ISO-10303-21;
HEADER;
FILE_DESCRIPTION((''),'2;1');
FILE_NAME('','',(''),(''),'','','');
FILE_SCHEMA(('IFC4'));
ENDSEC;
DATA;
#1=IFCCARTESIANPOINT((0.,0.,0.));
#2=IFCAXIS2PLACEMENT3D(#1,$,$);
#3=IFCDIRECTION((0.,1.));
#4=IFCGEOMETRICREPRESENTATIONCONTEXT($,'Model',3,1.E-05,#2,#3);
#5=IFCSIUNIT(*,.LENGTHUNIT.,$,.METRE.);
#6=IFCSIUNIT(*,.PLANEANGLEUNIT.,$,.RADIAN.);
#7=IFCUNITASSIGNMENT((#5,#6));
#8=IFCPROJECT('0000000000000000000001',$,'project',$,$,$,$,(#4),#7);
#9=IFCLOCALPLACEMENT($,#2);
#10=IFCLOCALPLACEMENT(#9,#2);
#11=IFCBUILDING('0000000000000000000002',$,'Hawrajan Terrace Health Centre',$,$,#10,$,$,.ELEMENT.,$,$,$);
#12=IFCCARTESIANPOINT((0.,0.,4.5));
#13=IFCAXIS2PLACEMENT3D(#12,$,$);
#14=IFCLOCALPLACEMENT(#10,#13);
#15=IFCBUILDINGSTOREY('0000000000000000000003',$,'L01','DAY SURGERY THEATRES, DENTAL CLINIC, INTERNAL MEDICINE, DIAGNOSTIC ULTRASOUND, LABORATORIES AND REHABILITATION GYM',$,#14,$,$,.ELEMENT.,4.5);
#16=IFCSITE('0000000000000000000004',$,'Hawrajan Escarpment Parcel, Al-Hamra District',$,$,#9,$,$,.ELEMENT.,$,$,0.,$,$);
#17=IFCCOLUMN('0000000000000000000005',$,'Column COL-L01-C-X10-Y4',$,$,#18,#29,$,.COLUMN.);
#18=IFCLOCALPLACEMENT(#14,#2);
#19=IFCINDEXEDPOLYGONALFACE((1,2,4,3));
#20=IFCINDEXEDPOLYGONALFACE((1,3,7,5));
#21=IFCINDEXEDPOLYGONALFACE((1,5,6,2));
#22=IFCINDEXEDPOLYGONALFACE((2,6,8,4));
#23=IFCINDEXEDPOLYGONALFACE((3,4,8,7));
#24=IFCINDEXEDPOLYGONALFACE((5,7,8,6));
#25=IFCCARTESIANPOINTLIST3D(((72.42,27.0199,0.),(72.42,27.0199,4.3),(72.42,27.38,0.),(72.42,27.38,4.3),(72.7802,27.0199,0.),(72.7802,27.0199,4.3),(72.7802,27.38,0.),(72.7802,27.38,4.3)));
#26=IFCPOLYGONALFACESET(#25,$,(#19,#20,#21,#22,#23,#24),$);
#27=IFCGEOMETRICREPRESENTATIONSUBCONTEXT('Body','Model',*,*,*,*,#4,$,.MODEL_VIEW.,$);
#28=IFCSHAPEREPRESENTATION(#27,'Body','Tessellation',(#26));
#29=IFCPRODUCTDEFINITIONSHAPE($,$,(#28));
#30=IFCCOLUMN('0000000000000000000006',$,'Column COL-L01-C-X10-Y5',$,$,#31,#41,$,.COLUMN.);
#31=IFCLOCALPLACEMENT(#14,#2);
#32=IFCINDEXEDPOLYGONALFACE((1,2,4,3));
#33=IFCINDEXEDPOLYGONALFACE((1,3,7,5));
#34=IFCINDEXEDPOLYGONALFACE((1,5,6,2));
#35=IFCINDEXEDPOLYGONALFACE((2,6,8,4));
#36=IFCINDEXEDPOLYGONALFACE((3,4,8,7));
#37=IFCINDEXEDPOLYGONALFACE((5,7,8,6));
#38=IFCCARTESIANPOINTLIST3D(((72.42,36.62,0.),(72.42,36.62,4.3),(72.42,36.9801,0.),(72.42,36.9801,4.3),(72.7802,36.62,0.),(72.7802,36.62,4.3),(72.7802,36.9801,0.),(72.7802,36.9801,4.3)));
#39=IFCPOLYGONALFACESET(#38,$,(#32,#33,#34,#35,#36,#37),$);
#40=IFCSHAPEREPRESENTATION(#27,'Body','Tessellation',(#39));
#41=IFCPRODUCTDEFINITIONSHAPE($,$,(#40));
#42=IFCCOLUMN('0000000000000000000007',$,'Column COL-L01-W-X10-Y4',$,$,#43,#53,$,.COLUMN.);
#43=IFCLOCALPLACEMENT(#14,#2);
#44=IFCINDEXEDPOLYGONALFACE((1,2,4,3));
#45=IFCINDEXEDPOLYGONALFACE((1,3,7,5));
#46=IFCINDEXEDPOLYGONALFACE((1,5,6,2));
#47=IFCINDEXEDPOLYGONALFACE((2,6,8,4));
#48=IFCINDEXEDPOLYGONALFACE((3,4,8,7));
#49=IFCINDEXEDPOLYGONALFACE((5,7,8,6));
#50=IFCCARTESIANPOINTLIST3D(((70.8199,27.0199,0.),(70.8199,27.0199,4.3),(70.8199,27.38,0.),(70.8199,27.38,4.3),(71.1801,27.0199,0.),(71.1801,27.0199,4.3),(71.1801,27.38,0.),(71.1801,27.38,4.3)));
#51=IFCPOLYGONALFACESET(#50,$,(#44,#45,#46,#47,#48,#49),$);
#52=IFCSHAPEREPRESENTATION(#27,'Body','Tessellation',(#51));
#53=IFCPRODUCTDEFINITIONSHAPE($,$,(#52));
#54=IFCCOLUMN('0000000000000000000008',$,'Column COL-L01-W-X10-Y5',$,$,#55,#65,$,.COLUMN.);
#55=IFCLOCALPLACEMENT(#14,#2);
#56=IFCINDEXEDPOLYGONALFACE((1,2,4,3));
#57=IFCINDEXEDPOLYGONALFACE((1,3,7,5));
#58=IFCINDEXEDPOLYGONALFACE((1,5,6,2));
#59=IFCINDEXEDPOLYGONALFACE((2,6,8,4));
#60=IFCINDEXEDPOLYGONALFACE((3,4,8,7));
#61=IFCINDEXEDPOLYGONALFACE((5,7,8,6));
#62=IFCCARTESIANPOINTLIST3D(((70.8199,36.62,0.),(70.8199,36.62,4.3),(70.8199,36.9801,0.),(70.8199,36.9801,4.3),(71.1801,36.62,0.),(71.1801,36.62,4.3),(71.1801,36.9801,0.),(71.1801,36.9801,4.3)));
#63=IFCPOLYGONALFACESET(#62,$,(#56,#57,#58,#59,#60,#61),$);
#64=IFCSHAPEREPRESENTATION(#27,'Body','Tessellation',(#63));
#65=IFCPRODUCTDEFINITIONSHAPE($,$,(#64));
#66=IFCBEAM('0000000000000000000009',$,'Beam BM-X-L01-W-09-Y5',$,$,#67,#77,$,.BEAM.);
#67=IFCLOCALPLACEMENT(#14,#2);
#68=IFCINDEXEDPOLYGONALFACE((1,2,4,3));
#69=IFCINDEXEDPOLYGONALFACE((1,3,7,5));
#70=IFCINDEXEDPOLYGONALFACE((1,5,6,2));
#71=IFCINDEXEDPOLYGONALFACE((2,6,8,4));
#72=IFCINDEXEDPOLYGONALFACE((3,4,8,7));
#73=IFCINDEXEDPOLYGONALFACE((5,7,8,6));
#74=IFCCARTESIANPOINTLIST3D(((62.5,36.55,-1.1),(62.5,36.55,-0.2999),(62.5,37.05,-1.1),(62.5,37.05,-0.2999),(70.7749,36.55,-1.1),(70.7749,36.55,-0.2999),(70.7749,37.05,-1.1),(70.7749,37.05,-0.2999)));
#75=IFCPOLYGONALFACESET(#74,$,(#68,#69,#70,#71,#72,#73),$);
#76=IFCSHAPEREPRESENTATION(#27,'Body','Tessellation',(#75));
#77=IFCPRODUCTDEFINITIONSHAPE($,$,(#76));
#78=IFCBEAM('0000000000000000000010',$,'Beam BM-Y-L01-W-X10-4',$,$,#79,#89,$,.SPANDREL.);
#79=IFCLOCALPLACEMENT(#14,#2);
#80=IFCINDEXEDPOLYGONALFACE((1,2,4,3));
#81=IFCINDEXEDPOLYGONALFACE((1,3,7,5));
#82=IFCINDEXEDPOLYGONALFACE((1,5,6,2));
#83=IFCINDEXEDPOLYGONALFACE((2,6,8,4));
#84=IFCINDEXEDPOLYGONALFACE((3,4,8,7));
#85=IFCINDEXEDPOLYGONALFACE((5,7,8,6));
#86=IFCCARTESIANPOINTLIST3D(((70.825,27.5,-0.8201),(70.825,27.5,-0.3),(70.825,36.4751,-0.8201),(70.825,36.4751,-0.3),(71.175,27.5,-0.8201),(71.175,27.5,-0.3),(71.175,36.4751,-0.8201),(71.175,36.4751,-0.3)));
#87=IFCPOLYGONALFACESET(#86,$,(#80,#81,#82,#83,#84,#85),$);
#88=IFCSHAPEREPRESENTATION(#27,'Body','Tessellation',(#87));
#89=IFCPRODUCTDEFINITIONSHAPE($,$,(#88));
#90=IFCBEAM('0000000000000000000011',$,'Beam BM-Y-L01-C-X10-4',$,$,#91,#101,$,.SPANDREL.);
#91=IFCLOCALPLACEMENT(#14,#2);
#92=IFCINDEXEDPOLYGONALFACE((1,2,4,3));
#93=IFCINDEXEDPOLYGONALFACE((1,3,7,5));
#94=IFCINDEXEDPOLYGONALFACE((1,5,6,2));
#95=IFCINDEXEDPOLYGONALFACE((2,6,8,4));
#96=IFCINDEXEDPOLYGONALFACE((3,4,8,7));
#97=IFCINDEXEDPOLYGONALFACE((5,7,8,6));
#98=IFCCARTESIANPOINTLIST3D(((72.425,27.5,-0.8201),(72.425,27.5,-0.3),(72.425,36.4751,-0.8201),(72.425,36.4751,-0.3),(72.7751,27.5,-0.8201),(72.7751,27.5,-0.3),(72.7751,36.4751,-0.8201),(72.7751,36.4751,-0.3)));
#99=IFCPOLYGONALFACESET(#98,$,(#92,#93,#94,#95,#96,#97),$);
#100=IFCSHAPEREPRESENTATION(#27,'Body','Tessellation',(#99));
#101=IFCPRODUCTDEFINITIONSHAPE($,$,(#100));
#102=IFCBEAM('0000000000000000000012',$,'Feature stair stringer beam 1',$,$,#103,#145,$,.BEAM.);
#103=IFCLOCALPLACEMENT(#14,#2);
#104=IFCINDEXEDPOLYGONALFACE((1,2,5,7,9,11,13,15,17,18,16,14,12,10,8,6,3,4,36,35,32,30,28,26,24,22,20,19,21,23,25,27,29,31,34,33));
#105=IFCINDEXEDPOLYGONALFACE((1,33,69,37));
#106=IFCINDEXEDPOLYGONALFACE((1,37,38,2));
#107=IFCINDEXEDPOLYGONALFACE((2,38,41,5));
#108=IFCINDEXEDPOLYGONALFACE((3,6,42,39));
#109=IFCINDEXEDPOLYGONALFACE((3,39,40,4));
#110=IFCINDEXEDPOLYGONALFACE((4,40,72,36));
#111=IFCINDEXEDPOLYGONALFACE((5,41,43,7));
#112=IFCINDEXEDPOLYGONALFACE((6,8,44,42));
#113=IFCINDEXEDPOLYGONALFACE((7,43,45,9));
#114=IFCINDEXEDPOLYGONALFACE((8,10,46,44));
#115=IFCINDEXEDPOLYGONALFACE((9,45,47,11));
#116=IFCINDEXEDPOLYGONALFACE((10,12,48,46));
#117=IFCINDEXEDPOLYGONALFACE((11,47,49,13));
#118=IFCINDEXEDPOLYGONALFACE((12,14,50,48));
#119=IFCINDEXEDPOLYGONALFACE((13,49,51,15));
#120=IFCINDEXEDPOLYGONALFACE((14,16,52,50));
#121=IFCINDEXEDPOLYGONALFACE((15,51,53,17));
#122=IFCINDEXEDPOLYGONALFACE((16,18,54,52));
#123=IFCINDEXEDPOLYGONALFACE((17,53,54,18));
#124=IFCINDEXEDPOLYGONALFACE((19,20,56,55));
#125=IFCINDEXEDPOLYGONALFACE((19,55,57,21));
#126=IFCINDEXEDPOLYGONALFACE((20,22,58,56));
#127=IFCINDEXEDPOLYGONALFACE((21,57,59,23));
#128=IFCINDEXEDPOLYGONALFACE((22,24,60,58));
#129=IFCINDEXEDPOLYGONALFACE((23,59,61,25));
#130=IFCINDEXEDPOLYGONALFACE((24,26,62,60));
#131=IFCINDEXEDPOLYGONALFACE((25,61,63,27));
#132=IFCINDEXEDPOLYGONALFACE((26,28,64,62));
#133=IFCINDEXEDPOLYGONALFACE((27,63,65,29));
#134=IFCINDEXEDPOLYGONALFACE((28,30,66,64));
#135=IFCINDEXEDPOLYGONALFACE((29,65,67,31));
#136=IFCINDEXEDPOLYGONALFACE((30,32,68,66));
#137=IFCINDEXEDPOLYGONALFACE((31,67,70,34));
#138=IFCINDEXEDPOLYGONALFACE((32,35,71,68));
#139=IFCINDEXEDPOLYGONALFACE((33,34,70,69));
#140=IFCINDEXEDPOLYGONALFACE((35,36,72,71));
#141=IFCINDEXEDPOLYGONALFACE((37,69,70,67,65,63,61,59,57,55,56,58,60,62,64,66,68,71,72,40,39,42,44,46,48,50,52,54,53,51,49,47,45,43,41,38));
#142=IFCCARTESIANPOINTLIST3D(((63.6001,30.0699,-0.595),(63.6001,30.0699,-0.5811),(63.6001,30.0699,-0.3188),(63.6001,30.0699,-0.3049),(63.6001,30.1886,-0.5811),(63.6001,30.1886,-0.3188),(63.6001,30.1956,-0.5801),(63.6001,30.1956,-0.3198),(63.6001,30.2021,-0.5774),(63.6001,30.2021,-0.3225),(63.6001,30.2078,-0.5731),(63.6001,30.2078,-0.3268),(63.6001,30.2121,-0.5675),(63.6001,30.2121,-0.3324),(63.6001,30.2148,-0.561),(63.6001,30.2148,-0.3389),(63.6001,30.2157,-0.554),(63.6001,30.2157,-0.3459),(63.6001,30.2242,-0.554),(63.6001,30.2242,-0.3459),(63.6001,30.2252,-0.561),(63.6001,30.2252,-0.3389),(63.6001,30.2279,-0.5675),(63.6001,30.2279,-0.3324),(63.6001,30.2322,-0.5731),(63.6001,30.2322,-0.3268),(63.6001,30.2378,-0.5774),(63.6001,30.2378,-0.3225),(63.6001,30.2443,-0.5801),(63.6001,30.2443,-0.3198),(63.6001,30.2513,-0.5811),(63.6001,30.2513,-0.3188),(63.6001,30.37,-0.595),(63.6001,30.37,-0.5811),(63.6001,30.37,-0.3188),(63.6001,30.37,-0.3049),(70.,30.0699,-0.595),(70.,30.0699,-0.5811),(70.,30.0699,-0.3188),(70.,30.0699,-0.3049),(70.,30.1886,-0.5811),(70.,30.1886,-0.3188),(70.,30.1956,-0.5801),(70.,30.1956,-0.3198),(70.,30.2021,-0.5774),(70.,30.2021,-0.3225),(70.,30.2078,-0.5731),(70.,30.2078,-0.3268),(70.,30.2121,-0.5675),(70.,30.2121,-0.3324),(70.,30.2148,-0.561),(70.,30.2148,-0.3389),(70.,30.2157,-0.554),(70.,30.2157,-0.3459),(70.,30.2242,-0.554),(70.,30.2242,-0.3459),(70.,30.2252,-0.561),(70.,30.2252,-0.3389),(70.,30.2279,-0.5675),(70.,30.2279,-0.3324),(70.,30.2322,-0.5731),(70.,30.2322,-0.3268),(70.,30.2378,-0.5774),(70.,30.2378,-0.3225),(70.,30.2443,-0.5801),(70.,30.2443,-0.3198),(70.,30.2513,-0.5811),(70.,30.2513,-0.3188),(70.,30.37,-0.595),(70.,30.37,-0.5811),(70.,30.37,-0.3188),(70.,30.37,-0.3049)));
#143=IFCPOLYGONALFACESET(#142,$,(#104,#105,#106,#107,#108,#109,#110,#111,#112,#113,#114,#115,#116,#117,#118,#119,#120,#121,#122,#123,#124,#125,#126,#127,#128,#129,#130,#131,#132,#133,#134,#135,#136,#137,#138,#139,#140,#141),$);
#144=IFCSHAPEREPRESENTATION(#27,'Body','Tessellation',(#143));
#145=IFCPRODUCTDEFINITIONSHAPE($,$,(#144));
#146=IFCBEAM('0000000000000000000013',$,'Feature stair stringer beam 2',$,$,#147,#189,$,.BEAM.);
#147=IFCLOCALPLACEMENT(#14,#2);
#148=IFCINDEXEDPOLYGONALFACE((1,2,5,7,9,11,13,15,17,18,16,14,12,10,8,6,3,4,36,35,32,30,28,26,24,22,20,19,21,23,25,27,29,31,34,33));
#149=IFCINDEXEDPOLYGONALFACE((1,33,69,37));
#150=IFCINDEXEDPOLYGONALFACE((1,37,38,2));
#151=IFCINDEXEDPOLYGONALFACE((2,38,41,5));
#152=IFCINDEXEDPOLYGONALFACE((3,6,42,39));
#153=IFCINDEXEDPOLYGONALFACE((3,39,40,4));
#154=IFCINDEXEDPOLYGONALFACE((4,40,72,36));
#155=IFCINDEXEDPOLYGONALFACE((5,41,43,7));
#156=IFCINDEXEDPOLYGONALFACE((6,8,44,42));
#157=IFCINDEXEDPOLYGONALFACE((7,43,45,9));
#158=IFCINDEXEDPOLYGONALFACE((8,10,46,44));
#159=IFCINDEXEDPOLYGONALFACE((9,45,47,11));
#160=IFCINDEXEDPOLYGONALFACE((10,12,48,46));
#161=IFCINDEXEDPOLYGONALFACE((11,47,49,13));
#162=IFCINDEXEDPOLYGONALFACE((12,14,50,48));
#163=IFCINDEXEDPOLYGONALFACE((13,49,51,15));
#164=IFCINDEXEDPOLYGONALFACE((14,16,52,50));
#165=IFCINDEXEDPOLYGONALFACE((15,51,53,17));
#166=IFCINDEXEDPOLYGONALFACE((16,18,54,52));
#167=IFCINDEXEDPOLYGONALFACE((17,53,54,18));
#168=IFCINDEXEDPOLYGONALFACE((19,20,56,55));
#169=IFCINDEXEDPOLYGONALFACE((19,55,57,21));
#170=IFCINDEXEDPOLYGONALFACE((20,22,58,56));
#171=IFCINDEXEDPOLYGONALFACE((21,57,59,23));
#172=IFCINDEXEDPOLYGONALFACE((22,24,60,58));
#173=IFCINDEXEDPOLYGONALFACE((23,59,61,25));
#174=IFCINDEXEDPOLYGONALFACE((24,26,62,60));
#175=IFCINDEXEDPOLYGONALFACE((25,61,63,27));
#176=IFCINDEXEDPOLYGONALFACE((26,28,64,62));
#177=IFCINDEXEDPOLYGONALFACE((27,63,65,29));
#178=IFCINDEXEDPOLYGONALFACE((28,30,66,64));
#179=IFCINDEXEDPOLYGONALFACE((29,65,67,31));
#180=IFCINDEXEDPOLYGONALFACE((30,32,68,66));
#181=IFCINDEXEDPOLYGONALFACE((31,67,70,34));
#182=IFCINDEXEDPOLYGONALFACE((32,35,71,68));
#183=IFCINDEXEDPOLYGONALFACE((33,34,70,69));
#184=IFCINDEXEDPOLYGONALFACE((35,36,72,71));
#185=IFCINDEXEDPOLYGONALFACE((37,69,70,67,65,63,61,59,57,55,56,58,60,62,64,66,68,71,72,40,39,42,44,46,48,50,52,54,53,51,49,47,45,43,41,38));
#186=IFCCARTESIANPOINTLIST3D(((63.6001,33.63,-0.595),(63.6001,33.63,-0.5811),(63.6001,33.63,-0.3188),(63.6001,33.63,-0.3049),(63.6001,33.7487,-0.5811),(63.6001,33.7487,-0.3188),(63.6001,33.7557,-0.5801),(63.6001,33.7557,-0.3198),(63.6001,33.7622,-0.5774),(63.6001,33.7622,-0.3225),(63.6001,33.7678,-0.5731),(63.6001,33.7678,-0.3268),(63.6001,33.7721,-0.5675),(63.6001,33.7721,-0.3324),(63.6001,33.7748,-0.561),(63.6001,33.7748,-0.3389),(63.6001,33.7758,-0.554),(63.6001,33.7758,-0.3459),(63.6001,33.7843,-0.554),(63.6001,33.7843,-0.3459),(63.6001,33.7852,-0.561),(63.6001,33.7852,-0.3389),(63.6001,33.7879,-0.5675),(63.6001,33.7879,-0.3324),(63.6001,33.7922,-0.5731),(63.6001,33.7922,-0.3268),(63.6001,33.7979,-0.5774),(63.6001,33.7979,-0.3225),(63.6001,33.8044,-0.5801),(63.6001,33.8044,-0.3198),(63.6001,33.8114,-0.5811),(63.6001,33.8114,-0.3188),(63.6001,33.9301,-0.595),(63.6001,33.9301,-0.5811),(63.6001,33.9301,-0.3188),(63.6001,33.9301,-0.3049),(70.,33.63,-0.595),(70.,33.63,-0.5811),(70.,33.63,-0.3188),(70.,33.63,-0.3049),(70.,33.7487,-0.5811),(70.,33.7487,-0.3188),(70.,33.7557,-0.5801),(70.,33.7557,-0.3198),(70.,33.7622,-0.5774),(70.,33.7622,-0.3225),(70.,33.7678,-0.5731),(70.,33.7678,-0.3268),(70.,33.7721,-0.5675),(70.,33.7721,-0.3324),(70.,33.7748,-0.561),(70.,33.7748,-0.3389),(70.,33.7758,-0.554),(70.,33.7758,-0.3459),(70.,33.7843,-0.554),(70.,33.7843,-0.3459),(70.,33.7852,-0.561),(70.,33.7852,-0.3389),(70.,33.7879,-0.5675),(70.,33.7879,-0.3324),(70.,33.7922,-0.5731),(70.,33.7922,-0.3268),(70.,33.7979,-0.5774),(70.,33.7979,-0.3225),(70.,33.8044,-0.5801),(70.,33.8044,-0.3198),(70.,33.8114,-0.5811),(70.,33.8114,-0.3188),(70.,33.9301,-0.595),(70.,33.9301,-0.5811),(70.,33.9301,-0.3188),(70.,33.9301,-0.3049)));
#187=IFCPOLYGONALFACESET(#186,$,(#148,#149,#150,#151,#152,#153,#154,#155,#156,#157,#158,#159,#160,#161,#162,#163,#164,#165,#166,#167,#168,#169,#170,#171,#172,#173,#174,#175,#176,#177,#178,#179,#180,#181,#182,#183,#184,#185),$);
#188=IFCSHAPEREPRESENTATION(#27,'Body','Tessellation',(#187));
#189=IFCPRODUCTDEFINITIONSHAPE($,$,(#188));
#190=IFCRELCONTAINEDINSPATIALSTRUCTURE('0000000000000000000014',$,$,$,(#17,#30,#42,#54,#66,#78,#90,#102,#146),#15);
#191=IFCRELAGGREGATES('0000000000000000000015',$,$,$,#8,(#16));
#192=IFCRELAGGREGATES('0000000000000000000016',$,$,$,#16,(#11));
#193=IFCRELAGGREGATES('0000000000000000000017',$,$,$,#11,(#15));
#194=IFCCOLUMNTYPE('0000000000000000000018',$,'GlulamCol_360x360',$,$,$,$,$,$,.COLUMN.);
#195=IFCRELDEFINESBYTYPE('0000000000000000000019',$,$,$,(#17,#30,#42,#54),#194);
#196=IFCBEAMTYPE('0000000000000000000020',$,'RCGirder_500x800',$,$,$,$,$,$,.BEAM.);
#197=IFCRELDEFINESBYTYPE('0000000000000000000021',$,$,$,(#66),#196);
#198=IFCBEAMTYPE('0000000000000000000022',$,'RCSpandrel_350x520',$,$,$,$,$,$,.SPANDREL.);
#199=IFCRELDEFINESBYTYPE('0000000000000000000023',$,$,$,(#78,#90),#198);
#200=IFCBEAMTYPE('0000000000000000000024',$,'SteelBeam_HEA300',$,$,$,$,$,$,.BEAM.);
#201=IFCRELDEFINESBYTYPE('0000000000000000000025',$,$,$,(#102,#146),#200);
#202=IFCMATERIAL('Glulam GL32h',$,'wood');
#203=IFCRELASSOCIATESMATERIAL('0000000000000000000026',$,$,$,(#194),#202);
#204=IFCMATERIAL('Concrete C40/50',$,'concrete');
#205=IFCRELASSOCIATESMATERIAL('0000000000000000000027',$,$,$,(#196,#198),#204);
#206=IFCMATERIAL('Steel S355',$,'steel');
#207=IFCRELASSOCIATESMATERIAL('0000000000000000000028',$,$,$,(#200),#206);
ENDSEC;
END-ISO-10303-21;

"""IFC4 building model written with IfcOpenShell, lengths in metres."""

from ifc_helpers import new_model, si_unit, direction, frame, origin, origin_2d, place, context, subcontext, project, spatial, rectangle, i_section, extrude, material, material_profile, profile_set, type_object, element, save


model = new_model("IFC4")

# Units and contexts
model_context = context("Model", 3, precision=1e-05, world=origin(), true_north=direction((0.0, 1.0)))
body_context = subcontext(model_context, "Body", "Model", "MODEL_VIEW")
ifc_project = project(units=[si_unit("LENGTHUNIT", "METRE"), si_unit("PLANEANGLEUNIT", "RADIAN")], contexts=[model_context])

# Site, building, storey
site_placement = place(None, origin())
site = spatial("IfcSite", under=ifc_project, at=site_placement, Name="Hawrajan Escarpment Parcel, Al-Hamra District", CompositionType="ELEMENT", RefElevation=0.0)
building_placement = place(site_placement, origin())
building = spatial("IfcBuilding", under=site, at=building_placement, Name="Hawrajan Terrace Health Centre", CompositionType="ELEMENT")
storey_placement = place(building_placement, frame((0.0, 0.0, 4.5)))
storey = spatial("IfcBuildingStorey", under=building, at=storey_placement, Name="L01", Description="DAY SURGERY THEATRES, DENTAL CLINIC, INTERNAL MEDICINE, DIAGNOSTIC ULTRASOUND, LABORATORIES AND REHABILITATION GYM", CompositionType="ELEMENT", Elevation=4.5)

# Columns
ifc_material_1 = material(Name="Glulam GL32h", Category="wood")
ifc_material_profile_1 = material_profile(ifc_material_1, rectangle(XDim=0.3601, YDim=0.3601, at=origin_2d()), Name="GL 360x360")
ifc_profile_set_1 = profile_set([ifc_material_profile_1], Name="Glulam GL32h")
column_type = type_object("IfcColumnType", Name="GlulamCol_360x360", PredefinedType="COLUMN", material=ifc_profile_set_1)
for number, where, z_axis, x_axis, name in (
    (1, (72.6001, 27.2, 0.0), (0.0, 0.0, 1.0), (1.0, 0.0, 0.0), "Column COL-L01-C-X10-Y4"),
    (2, (72.6001, 36.8, 0.0), (0.0, 0.0, 1.0), (1.0, 0.0, 0.0), "Column COL-L01-C-X10-Y5"),
    (3, (71.0, 27.2, 0.0), (0.0, 0.0, 1.0), (1.0, 0.0, 0.0), "Column COL-L01-W-X10-Y4"),
    (4, (71.0, 36.8, 0.0), (0.0, 0.0, 1.0), (1.0, 0.0, 0.0), "Column COL-L01-W-X10-Y5"),
):
    element("IfcColumn", number, at=place(storey_placement, frame(where, z_axis=z_axis, x_axis=x_axis)), inside=storey, type_object=column_type, Name=name, PredefinedType="COLUMN", context=body_context, shape_type="SweptSolid", body=[
        extrude(rectangle(XDim=0.3601, YDim=0.3601, at=origin_2d()), origin(), (0.0, 0.0, 1.0), 4.3),
    ])

# Beams
ifc_material_2 = material(Name="Concrete C40/50", Category="concrete")
ifc_material_profile_2 = material_profile(ifc_material_2, rectangle(XDim=0.5, YDim=0.8, at=origin_2d()), Name="RC BM 500x800")
ifc_profile_set_2 = profile_set([ifc_material_profile_2], Name="Concrete C40/50")
beam_type_1 = type_object("IfcBeamType", Name="RCGirder_500x800", PredefinedType="BEAM", material=ifc_profile_set_2)
beam_1_placement = place(storey_placement, frame((62.5, 36.8, -0.7), z_axis=(1.0, 0.0, 0.0), x_axis=(0.0, 1.0, 0.0)))
element("IfcBeam", 5, at=beam_1_placement, inside=storey, type_object=beam_type_1, Name="Beam BM-X-L01-W-09-Y5", PredefinedType="BEAM", context=body_context, shape_type="SweptSolid", body=[
    extrude(rectangle(XDim=0.5, YDim=0.8, at=origin_2d()), origin(), (0.0, 0.0, 1.0), 8.2749),
])
ifc_material_profile_3 = material_profile(ifc_material_2, rectangle(XDim=0.3501, YDim=0.52, at=origin_2d()), Name="RC SP 350x520")
ifc_profile_set_3 = profile_set([ifc_material_profile_3], Name="Concrete C40/50")
beam_type_2 = type_object("IfcBeamType", Name="RCSpandrel_350x520", PredefinedType="SPANDREL", material=ifc_profile_set_3)
for number, where, z_axis, x_axis, name in (
    (6, (71.0, 27.5, -0.5601), (0.0, 1.0, 0.0), (-1.0, 0.0, 0.0), "Beam BM-Y-L01-W-X10-4"),
    (7, (72.6001, 27.5, -0.5601), (0.0, 1.0, 0.0), (-1.0, 0.0, 0.0), "Beam BM-Y-L01-C-X10-4"),
):
    element("IfcBeam", number, at=place(storey_placement, frame(where, z_axis=z_axis, x_axis=x_axis)), inside=storey, type_object=beam_type_2, Name=name, PredefinedType="SPANDREL", context=body_context, shape_type="SweptSolid", body=[
        extrude(rectangle(XDim=0.3501, YDim=0.52, at=origin_2d()), origin(), (0.0, 0.0, 1.0), 8.9751),
    ])
ifc_material_3 = material(Name="Steel S355", Category="steel")
ifc_material_profile_4 = material_profile(ifc_material_3, i_section(OverallWidth=0.3, OverallDepth=0.29, WebThickness=0.0085, FlangeThickness=0.0139, FilletRadius=0.0271, at=origin_2d()), Name="HEA 300")
ifc_profile_set_4 = profile_set([ifc_material_profile_4], Name="Steel S355")
beam_type_3 = type_object("IfcBeamType", Name="SteelBeam_HEA300", PredefinedType="BEAM", material=ifc_profile_set_4)
for number, where, z_axis, x_axis, name in (
    (8, (63.6001, 30.22, -0.45), (1.0, 0.0, 0.0), (0.0, 1.0, 0.0), "Feature stair stringer beam 1"),
    (9, (63.6001, 33.78, -0.45), (1.0, 0.0, 0.0), (0.0, 1.0, 0.0), "Feature stair stringer beam 2"),
):
    element("IfcBeam", number, at=place(storey_placement, frame(where, z_axis=z_axis, x_axis=x_axis)), inside=storey, type_object=beam_type_3, Name=name, PredefinedType="BEAM", context=body_context, shape_type="SweptSolid", body=[
        extrude(i_section(OverallWidth=0.3, OverallDepth=0.29, WebThickness=0.0085, FlangeThickness=0.0139, FilletRadius=0.0271, at=origin_2d()), origin(), (0.0, 0.0, 1.0), 6.3999),
    ])

save(model, "model.ifc")
